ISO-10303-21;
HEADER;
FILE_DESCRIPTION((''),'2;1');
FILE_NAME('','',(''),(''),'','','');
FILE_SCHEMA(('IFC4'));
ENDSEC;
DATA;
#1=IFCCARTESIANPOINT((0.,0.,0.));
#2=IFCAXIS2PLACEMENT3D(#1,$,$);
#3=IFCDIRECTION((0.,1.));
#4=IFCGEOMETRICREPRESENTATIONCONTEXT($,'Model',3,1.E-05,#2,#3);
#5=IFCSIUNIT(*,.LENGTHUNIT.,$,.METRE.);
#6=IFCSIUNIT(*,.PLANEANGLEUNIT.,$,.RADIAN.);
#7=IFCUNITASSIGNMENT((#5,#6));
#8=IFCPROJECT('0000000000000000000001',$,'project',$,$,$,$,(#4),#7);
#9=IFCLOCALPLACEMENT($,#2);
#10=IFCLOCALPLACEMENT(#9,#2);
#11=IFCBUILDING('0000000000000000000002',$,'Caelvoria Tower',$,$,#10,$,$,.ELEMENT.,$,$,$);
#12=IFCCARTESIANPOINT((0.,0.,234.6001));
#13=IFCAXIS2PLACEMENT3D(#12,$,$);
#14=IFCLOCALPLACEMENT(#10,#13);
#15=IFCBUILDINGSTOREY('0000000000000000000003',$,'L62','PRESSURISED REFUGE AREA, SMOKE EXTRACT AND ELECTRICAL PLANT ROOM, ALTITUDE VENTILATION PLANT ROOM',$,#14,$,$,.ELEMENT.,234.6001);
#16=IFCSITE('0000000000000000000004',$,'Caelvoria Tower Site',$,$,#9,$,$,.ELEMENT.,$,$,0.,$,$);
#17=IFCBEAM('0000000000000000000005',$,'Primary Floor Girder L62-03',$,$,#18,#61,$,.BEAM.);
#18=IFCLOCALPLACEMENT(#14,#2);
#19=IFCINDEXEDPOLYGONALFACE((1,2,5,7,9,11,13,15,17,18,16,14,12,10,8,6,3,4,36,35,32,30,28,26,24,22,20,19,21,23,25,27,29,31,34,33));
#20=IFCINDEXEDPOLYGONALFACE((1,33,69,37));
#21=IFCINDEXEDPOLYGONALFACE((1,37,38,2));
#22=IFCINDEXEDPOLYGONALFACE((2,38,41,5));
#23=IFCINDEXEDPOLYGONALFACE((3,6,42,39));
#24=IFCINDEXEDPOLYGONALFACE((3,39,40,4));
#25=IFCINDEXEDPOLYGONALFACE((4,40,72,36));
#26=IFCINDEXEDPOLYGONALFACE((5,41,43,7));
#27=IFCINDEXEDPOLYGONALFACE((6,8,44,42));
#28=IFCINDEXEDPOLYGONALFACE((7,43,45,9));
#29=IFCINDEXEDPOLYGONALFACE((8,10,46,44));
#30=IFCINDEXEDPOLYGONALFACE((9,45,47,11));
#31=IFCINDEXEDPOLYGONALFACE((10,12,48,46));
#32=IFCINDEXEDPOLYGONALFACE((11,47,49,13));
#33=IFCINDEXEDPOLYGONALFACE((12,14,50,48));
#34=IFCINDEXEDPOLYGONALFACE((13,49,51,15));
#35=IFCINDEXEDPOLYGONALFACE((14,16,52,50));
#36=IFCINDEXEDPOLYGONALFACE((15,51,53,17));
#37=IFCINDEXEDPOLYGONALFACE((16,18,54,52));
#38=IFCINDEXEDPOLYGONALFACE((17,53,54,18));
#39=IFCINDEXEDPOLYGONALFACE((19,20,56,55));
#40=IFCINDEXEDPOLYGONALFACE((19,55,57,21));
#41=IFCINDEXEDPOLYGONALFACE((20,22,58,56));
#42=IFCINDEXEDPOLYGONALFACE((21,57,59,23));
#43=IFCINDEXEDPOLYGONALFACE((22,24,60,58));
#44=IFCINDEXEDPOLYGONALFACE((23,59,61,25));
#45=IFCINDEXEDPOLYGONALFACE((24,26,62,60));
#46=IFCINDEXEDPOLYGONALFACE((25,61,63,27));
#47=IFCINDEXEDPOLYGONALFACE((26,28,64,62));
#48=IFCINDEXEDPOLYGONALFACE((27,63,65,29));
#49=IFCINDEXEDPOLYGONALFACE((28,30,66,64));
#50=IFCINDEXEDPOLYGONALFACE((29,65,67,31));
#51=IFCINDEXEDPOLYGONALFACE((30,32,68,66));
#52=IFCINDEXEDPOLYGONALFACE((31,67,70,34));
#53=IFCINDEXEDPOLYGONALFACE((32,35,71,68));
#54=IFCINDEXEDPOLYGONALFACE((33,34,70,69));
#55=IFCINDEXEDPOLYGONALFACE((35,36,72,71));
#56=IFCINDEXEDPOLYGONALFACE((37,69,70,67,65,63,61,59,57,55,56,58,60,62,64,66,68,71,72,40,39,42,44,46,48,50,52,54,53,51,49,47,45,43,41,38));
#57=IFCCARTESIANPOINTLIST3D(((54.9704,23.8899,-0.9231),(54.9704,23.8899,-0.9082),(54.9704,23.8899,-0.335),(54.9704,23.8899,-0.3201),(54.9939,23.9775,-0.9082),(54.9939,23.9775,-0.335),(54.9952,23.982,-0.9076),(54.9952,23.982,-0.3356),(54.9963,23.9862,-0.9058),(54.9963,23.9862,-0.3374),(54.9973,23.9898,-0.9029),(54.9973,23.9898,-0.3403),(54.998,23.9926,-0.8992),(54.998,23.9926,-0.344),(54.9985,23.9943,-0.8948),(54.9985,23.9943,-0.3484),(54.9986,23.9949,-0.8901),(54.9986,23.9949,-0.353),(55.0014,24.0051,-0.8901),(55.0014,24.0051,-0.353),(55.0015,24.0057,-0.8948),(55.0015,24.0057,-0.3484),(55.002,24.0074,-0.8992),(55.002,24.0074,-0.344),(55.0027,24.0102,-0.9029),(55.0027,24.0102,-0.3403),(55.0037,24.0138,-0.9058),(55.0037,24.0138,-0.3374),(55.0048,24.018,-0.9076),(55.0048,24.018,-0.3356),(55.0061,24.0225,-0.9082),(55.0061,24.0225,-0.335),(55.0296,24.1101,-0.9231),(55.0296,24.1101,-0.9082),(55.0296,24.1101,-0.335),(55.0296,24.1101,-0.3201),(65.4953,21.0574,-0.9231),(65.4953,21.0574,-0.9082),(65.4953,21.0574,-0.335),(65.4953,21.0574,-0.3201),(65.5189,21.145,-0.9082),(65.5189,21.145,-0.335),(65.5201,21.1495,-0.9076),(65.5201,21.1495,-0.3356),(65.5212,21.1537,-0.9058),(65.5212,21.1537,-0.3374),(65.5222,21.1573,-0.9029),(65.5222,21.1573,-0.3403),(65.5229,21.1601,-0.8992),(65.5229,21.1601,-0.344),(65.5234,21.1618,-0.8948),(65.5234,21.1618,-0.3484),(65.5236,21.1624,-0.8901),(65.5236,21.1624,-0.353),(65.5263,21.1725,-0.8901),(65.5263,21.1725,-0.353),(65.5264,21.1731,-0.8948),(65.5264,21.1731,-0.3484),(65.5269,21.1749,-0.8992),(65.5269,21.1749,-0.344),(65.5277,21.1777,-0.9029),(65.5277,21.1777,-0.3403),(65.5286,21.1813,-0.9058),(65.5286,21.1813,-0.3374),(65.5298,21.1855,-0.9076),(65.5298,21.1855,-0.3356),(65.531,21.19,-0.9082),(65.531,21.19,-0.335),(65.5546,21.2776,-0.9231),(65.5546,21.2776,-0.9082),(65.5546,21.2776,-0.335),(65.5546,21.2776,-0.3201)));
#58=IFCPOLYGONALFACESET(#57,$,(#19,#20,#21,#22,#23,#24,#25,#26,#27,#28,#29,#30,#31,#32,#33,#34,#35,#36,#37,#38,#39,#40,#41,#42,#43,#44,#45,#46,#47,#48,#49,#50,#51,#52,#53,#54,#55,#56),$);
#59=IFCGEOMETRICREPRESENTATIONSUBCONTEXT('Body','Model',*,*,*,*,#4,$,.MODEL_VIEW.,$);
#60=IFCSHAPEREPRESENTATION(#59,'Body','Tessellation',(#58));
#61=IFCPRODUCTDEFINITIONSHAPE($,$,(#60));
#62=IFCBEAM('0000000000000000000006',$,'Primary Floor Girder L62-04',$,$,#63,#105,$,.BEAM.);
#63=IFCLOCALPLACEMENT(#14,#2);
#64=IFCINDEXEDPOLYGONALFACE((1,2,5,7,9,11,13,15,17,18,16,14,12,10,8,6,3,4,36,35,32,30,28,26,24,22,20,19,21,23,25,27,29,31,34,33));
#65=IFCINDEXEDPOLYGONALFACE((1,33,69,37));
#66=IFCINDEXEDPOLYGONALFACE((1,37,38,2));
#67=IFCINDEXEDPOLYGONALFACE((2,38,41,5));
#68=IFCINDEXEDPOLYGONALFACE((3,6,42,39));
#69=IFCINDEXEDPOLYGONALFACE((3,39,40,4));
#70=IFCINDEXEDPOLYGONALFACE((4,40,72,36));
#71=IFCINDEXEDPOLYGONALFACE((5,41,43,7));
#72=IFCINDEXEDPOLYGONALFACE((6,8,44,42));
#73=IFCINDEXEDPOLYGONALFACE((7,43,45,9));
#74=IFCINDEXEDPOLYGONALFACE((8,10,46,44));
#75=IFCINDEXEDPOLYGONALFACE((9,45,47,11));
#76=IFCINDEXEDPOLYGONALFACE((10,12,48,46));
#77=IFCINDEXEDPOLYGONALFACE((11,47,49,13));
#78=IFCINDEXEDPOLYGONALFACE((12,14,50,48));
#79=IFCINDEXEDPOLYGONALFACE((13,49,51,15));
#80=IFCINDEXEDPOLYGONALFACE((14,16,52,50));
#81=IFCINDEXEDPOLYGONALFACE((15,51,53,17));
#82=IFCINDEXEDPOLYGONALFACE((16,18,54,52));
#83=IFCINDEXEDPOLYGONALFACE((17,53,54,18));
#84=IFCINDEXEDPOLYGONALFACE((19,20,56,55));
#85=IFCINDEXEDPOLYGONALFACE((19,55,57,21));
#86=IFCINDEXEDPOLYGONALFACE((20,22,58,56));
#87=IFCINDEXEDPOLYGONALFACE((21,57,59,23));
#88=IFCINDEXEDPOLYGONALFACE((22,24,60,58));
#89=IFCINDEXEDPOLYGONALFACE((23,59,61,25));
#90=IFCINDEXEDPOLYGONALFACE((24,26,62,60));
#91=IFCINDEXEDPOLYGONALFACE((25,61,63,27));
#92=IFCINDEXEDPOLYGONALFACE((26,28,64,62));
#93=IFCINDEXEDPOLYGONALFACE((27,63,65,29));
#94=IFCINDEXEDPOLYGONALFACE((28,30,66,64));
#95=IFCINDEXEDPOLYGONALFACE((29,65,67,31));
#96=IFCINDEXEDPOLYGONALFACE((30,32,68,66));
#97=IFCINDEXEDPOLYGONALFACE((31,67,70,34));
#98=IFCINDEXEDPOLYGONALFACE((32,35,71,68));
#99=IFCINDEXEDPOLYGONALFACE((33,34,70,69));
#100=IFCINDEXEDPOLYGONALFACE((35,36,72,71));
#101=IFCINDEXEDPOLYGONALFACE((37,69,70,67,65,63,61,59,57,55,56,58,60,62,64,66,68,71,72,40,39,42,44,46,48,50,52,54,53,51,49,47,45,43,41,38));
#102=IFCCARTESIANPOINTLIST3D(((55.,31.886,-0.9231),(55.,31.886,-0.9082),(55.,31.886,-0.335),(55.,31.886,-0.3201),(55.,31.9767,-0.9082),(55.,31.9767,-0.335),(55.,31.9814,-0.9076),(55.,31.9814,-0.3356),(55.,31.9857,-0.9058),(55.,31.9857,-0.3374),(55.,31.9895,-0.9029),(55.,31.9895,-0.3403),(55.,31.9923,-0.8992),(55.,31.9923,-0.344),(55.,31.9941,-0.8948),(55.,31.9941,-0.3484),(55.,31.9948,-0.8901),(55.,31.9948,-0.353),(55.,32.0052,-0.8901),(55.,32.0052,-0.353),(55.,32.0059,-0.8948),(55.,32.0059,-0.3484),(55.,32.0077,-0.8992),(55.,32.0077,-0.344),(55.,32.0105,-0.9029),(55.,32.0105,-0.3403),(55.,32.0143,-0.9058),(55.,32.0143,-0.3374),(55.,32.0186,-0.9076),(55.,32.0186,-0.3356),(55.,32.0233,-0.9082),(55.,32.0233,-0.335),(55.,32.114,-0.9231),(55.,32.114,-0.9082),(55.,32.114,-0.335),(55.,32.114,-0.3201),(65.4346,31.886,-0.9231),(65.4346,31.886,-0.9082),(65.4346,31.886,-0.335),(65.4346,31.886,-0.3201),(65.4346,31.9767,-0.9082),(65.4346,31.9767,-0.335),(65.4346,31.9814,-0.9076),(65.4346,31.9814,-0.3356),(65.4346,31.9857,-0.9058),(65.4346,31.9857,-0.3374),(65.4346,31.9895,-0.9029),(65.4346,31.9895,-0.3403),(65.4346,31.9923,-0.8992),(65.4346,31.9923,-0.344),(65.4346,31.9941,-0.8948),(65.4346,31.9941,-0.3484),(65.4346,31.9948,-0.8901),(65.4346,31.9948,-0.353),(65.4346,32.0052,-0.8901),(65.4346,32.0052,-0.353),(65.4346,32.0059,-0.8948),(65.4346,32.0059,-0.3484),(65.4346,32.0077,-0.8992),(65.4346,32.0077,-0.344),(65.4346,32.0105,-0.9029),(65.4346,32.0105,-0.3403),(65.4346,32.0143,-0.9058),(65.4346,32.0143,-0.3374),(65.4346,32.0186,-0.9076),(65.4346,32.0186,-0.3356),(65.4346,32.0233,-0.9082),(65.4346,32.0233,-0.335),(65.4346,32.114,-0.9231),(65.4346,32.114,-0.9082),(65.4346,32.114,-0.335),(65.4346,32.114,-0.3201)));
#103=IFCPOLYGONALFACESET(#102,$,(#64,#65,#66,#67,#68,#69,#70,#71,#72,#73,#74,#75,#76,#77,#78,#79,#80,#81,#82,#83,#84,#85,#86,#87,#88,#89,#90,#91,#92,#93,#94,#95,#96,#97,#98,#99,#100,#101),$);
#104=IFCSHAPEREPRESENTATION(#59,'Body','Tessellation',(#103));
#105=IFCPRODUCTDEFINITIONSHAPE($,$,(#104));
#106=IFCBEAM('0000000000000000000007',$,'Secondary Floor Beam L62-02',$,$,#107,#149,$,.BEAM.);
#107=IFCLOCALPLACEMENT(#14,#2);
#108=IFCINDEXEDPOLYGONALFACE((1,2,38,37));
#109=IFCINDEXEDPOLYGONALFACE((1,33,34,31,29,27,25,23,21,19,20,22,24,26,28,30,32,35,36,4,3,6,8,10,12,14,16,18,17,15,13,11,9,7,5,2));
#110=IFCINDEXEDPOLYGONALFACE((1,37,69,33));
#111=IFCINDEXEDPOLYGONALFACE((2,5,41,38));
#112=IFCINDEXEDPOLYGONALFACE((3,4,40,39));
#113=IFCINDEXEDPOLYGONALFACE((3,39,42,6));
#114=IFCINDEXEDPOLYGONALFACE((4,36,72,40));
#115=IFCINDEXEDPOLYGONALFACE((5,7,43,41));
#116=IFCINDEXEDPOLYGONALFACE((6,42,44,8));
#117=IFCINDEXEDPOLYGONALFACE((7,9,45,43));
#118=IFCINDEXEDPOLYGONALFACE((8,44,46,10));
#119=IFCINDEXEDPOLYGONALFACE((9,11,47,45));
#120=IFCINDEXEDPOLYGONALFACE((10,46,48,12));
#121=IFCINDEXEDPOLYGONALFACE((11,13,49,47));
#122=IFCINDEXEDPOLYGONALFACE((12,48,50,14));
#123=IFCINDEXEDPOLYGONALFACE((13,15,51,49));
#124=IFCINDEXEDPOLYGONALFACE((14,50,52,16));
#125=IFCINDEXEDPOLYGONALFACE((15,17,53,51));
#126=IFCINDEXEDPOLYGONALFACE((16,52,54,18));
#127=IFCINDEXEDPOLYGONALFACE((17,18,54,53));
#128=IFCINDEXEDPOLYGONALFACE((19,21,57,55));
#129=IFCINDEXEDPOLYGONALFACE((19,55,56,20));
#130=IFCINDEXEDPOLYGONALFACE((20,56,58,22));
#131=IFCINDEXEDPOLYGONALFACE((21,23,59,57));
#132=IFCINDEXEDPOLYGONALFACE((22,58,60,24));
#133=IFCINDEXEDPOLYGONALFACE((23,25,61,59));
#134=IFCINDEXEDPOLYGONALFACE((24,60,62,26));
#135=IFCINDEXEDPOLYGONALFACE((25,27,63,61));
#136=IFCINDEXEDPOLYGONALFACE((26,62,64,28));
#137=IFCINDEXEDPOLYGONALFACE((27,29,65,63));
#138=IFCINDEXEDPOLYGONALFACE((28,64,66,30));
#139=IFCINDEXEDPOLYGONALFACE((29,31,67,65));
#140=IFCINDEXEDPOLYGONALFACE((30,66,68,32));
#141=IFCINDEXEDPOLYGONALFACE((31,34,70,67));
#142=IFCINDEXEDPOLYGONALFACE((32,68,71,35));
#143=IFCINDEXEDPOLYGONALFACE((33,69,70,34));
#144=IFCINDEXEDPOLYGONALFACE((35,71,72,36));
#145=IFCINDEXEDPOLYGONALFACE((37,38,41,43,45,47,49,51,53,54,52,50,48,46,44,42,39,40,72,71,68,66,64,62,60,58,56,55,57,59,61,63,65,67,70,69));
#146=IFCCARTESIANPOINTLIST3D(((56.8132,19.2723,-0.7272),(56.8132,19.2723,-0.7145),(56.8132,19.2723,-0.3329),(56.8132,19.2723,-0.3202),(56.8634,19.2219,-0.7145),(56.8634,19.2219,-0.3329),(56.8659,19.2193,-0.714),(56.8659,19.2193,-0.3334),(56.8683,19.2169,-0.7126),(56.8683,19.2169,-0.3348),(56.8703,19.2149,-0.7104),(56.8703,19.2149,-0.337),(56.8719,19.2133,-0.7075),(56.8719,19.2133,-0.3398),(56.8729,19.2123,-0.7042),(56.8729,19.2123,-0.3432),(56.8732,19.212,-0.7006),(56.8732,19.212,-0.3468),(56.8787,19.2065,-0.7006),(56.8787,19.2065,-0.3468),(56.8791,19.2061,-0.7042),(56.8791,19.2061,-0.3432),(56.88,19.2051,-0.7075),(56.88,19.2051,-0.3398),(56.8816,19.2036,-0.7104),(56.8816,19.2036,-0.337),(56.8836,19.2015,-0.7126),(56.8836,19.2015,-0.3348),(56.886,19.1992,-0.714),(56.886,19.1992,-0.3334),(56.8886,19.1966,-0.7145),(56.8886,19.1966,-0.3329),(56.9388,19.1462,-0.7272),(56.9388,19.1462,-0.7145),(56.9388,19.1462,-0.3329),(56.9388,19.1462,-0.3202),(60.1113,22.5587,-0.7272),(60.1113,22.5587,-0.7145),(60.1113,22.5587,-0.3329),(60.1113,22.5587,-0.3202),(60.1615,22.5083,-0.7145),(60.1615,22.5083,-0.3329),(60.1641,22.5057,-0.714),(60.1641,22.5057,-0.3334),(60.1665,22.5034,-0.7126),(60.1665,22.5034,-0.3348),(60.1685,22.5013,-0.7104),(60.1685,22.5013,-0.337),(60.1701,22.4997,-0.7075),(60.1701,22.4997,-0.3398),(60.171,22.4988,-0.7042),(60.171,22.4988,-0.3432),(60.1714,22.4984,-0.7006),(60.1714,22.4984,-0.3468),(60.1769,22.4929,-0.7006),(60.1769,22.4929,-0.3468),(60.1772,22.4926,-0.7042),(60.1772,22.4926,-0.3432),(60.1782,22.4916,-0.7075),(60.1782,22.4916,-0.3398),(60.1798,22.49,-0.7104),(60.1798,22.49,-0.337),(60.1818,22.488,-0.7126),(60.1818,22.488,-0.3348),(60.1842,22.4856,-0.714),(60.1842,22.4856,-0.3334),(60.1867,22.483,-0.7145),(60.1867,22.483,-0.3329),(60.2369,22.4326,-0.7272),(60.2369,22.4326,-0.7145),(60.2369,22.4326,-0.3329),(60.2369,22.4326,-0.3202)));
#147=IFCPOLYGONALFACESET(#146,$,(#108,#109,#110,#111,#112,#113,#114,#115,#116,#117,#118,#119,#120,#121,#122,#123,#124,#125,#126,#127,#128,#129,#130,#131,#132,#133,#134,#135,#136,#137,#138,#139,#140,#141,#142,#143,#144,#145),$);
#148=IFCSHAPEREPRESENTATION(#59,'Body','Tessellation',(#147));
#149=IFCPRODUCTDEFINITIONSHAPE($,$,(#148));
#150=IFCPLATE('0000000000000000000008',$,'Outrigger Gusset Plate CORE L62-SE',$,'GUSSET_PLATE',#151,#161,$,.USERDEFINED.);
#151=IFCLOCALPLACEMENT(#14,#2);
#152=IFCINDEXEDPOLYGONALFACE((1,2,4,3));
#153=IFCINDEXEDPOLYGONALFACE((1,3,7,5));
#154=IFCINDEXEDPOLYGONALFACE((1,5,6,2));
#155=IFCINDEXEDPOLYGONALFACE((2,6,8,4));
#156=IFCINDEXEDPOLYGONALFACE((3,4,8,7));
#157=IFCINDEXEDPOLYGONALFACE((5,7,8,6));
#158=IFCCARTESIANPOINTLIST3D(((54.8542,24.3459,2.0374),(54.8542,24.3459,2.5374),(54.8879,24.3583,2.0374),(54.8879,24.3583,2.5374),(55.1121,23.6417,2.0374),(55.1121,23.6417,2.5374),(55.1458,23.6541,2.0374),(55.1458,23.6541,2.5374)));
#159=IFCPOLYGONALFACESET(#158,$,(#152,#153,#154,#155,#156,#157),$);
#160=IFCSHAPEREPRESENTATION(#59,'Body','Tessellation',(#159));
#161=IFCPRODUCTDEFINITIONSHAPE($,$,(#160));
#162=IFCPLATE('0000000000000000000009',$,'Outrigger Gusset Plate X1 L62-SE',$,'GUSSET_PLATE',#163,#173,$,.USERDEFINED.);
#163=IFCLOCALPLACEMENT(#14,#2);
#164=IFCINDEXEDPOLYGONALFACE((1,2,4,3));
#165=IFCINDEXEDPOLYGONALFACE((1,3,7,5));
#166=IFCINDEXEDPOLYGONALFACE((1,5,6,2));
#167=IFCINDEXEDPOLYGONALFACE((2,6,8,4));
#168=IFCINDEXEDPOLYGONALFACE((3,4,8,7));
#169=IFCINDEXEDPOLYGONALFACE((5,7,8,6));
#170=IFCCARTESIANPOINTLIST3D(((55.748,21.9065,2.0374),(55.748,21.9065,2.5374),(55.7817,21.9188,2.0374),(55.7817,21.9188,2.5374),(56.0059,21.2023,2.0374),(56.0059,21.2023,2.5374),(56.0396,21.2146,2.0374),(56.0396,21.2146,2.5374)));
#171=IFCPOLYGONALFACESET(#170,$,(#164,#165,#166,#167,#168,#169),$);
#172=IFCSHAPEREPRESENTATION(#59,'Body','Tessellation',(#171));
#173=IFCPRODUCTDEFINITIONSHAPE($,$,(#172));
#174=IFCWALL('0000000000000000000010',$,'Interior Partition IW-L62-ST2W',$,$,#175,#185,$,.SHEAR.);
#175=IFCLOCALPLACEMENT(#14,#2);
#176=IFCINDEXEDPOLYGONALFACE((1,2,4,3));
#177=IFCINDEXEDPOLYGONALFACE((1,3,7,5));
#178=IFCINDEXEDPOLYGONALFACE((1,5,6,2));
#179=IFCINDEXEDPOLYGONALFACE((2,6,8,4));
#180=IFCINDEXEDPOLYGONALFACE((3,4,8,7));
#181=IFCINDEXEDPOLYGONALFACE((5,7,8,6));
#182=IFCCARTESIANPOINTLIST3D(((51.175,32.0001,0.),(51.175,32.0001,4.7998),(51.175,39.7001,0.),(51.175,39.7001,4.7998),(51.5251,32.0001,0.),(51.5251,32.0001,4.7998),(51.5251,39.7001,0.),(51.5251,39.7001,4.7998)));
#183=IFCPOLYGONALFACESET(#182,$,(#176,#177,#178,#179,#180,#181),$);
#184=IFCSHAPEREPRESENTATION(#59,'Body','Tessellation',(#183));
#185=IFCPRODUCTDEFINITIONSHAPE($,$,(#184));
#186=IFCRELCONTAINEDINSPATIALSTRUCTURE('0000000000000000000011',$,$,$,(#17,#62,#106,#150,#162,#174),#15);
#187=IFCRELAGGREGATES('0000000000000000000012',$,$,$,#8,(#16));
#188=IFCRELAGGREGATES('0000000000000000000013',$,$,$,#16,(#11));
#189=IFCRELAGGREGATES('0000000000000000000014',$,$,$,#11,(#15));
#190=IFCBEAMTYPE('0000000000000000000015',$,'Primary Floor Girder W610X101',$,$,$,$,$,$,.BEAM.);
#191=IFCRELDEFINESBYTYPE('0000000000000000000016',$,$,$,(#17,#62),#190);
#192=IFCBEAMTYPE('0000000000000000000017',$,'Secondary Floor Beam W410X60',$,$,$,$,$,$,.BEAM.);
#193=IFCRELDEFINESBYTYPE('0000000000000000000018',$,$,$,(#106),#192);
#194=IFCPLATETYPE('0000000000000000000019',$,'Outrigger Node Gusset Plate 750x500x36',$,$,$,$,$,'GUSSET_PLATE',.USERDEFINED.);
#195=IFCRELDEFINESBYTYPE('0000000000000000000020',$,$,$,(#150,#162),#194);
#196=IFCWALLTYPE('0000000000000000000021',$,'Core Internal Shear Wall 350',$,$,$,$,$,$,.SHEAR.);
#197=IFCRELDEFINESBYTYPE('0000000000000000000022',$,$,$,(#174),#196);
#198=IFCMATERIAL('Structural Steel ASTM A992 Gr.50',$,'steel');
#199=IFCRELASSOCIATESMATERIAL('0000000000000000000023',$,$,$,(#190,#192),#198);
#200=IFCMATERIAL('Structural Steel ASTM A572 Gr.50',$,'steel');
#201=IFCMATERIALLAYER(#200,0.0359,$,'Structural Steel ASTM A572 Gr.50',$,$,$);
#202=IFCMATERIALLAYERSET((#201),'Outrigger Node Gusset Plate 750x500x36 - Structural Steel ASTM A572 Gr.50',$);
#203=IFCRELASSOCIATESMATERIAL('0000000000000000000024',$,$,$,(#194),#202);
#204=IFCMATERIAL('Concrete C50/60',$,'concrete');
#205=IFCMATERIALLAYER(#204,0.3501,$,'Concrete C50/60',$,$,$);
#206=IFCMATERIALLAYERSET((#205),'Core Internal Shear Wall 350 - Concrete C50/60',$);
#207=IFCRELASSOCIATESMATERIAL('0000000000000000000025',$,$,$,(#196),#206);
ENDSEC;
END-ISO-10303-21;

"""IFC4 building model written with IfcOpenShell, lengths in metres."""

from ifc_helpers import new_model, si_unit, direction, frame, frame_2d, origin, origin_2d, place, context, subcontext, project, spatial, rectangle, i_section, extrude, material, layer, layer_set, material_profile, profile_set, type_object, element, save


model = new_model("IFC4")

# Units and contexts
model_context = context("Model", 3, precision=1e-05, world=origin(), true_north=direction((0.0, 1.0)))
body_context = subcontext(model_context, "Body", "Model", "MODEL_VIEW")
ifc_project = project(units=[si_unit("LENGTHUNIT", "METRE"), si_unit("PLANEANGLEUNIT", "RADIAN")], contexts=[model_context])

# Site, building, storey
site_placement = place(None, origin())
site = spatial("IfcSite", under=ifc_project, at=site_placement, Name="Caelvoria Tower Site", CompositionType="ELEMENT", RefElevation=0.0)
building_placement = place(site_placement, origin())
building = spatial("IfcBuilding", under=site, at=building_placement, Name="Caelvoria Tower", CompositionType="ELEMENT")
storey_placement = place(building_placement, frame((0.0, 0.0, 234.6001)))
storey = spatial("IfcBuildingStorey", under=building, at=storey_placement, Name="L62", Description="PRESSURISED REFUGE AREA, SMOKE EXTRACT AND ELECTRICAL PLANT ROOM, ALTITUDE VENTILATION PLANT ROOM", CompositionType="ELEMENT", Elevation=234.6001)

# Shared definitions
ifc_material_1 = material(Name="Structural Steel ASTM A572 Gr.50", Category="steel")

# Beams
ifc_material_2 = material(Name="Structural Steel ASTM A992 Gr.50", Category="steel")
ifc_material_profile_1 = material_profile(ifc_material_2, i_section(OverallWidth=0.228, OverallDepth=0.603, WebThickness=0.0105, FlangeThickness=0.0149, FilletRadius=0.0181, at=origin_2d()), Name="Structural Steel ASTM A992 Gr.50")
ifc_profile_set_1 = profile_set([ifc_material_profile_1], Name="W610X101 - Structural Steel ASTM A992 Gr.50")
beam_type_1 = type_object("IfcBeamType", Name="Primary Floor Girder W610X101", PredefinedType="BEAM", material=ifc_profile_set_1)
beam_1_placement = place(storey_placement, frame((55.0, 24.0, -0.6216), z_axis=(0.965641, -0.259879, 0.0), x_axis=(0.259879, 0.965641, 0.0)))
element("IfcBeam", 1, at=beam_1_placement, inside=storey, type_object=beam_type_1, Name="Primary Floor Girder L62-03", PredefinedType="BEAM", context=body_context, shape_type="SweptSolid", body=[
    extrude(i_section(OverallWidth=0.228, OverallDepth=0.603, WebThickness=0.0105, FlangeThickness=0.0149, FilletRadius=0.0181, at=origin_2d()), origin(), (0.0, 0.0, 1.0), 10.8994),
])
beam_2_placement = place(storey_placement, frame((55.0, 32.0, -0.6216), z_axis=(1.0, 0.0, 0.0), x_axis=(0.0, 1.0, 0.0)))
element("IfcBeam", 2, at=beam_2_placement, inside=storey, type_object=beam_type_1, Name="Primary Floor Girder L62-04", PredefinedType="BEAM", context=body_context, shape_type="SweptSolid", body=[
    extrude(i_section(OverallWidth=0.228, OverallDepth=0.603, WebThickness=0.0105, FlangeThickness=0.0149, FilletRadius=0.0181, at=origin_2d()), origin(), (0.0, 0.0, 1.0), 10.4346),
])
ifc_material_profile_2 = material_profile(ifc_material_2, i_section(OverallWidth=0.178, OverallDepth=0.407, WebThickness=0.0078, FlangeThickness=0.0127, FilletRadius=0.0139, at=origin_2d()), Name="Structural Steel ASTM A992 Gr.50")
ifc_profile_set_2 = profile_set([ifc_material_profile_2], Name="W410X60 - Structural Steel ASTM A992 Gr.50")
beam_type_2 = type_object("IfcBeamType", Name="Secondary Floor Beam W410X60", PredefinedType="BEAM", material=ifc_profile_set_2)
beam_3_placement = place(storey_placement, frame((56.876, 19.2092, -0.5237), z_axis=(0.708364, 0.705847, 0.0), x_axis=(-0.705847, 0.708364, 0.0)))
element("IfcBeam", 3, at=beam_3_placement, inside=storey, type_object=beam_type_2, Name="Secondary Floor Beam L62-02", PredefinedType="BEAM", context=body_context, shape_type="SweptSolid", body=[
    extrude(i_section(OverallWidth=0.178, OverallDepth=0.407, WebThickness=0.0078, FlangeThickness=0.0127, FilletRadius=0.0139, at=origin_2d()), origin(), (0.0, 0.0, 1.0), 4.656),
])

# Plates
ifc_layer_1 = layer(ifc_material_1, 0.0359, Name="Structural Steel ASTM A572 Gr.50")
ifc_layer_set_1 = layer_set([ifc_layer_1], Name="Outrigger Node Gusset Plate 750x500x36 - Structural Steel ASTM A572 Gr.50")
plate_type = type_object("IfcPlateType", Name="Outrigger Node Gusset Plate 750x500x36", ElementType="GUSSET_PLATE", PredefinedType="USERDEFINED", material=ifc_layer_set_1)
for number, where, z_axis, x_axis, name in (
    (4, (55.0, 24.0, 2.0374), (0.0, 0.0, 1.0), (0.343992, -0.938972, 0.0), "Outrigger Gusset Plate CORE L62-SE"),
    (5, (55.8938, 21.5605, 2.0374), (0.0, 0.0, 1.0), (0.343992, -0.938972, 0.0), "Outrigger Gusset Plate X1 L62-SE"),
):
    element("IfcPlate", number, at=place(storey_placement, frame(where, z_axis=z_axis, x_axis=x_axis)), inside=storey, type_object=plate_type, Name=name, ObjectType="GUSSET_PLATE", PredefinedType="USERDEFINED", context=body_context, shape_type="SweptSolid", body=[
        extrude(rectangle(XDim=0.75, YDim=0.0359, at=origin_2d()), origin(), (0.0, 0.0, 1.0), 0.5),
    ])

# Wall
ifc_material_3 = material(Name="Concrete C50/60", Category="concrete")
ifc_layer_2 = layer(ifc_material_3, 0.3501, Name="Concrete C50/60")
ifc_layer_set_2 = layer_set([ifc_layer_2], Name="Core Internal Shear Wall 350 - Concrete C50/60")
wall_type_1 = type_object("IfcWallType", Name="Core Internal Shear Wall 350", PredefinedType="SHEAR", material=ifc_layer_set_2)
wall_1_placement = place(storey_placement, frame((51.3501, 32.0, 0.0), z_axis=(0.0, 0.0, 1.0), x_axis=(0.0, 1.0, 0.0)))
element("IfcWall", 6, at=wall_1_placement, inside=storey, type_object=wall_type_1, Name="Interior Partition IW-L62-ST2W", PredefinedType="SHEAR", context=body_context, shape_type="SweptSolid", body=[
    extrude(rectangle(XDim=7.7, YDim=0.3501, at=frame_2d((3.8501, 0.0))), origin(), (0.0, 0.0, 1.0), 4.7998),
])

save(model, "model.ifc")
